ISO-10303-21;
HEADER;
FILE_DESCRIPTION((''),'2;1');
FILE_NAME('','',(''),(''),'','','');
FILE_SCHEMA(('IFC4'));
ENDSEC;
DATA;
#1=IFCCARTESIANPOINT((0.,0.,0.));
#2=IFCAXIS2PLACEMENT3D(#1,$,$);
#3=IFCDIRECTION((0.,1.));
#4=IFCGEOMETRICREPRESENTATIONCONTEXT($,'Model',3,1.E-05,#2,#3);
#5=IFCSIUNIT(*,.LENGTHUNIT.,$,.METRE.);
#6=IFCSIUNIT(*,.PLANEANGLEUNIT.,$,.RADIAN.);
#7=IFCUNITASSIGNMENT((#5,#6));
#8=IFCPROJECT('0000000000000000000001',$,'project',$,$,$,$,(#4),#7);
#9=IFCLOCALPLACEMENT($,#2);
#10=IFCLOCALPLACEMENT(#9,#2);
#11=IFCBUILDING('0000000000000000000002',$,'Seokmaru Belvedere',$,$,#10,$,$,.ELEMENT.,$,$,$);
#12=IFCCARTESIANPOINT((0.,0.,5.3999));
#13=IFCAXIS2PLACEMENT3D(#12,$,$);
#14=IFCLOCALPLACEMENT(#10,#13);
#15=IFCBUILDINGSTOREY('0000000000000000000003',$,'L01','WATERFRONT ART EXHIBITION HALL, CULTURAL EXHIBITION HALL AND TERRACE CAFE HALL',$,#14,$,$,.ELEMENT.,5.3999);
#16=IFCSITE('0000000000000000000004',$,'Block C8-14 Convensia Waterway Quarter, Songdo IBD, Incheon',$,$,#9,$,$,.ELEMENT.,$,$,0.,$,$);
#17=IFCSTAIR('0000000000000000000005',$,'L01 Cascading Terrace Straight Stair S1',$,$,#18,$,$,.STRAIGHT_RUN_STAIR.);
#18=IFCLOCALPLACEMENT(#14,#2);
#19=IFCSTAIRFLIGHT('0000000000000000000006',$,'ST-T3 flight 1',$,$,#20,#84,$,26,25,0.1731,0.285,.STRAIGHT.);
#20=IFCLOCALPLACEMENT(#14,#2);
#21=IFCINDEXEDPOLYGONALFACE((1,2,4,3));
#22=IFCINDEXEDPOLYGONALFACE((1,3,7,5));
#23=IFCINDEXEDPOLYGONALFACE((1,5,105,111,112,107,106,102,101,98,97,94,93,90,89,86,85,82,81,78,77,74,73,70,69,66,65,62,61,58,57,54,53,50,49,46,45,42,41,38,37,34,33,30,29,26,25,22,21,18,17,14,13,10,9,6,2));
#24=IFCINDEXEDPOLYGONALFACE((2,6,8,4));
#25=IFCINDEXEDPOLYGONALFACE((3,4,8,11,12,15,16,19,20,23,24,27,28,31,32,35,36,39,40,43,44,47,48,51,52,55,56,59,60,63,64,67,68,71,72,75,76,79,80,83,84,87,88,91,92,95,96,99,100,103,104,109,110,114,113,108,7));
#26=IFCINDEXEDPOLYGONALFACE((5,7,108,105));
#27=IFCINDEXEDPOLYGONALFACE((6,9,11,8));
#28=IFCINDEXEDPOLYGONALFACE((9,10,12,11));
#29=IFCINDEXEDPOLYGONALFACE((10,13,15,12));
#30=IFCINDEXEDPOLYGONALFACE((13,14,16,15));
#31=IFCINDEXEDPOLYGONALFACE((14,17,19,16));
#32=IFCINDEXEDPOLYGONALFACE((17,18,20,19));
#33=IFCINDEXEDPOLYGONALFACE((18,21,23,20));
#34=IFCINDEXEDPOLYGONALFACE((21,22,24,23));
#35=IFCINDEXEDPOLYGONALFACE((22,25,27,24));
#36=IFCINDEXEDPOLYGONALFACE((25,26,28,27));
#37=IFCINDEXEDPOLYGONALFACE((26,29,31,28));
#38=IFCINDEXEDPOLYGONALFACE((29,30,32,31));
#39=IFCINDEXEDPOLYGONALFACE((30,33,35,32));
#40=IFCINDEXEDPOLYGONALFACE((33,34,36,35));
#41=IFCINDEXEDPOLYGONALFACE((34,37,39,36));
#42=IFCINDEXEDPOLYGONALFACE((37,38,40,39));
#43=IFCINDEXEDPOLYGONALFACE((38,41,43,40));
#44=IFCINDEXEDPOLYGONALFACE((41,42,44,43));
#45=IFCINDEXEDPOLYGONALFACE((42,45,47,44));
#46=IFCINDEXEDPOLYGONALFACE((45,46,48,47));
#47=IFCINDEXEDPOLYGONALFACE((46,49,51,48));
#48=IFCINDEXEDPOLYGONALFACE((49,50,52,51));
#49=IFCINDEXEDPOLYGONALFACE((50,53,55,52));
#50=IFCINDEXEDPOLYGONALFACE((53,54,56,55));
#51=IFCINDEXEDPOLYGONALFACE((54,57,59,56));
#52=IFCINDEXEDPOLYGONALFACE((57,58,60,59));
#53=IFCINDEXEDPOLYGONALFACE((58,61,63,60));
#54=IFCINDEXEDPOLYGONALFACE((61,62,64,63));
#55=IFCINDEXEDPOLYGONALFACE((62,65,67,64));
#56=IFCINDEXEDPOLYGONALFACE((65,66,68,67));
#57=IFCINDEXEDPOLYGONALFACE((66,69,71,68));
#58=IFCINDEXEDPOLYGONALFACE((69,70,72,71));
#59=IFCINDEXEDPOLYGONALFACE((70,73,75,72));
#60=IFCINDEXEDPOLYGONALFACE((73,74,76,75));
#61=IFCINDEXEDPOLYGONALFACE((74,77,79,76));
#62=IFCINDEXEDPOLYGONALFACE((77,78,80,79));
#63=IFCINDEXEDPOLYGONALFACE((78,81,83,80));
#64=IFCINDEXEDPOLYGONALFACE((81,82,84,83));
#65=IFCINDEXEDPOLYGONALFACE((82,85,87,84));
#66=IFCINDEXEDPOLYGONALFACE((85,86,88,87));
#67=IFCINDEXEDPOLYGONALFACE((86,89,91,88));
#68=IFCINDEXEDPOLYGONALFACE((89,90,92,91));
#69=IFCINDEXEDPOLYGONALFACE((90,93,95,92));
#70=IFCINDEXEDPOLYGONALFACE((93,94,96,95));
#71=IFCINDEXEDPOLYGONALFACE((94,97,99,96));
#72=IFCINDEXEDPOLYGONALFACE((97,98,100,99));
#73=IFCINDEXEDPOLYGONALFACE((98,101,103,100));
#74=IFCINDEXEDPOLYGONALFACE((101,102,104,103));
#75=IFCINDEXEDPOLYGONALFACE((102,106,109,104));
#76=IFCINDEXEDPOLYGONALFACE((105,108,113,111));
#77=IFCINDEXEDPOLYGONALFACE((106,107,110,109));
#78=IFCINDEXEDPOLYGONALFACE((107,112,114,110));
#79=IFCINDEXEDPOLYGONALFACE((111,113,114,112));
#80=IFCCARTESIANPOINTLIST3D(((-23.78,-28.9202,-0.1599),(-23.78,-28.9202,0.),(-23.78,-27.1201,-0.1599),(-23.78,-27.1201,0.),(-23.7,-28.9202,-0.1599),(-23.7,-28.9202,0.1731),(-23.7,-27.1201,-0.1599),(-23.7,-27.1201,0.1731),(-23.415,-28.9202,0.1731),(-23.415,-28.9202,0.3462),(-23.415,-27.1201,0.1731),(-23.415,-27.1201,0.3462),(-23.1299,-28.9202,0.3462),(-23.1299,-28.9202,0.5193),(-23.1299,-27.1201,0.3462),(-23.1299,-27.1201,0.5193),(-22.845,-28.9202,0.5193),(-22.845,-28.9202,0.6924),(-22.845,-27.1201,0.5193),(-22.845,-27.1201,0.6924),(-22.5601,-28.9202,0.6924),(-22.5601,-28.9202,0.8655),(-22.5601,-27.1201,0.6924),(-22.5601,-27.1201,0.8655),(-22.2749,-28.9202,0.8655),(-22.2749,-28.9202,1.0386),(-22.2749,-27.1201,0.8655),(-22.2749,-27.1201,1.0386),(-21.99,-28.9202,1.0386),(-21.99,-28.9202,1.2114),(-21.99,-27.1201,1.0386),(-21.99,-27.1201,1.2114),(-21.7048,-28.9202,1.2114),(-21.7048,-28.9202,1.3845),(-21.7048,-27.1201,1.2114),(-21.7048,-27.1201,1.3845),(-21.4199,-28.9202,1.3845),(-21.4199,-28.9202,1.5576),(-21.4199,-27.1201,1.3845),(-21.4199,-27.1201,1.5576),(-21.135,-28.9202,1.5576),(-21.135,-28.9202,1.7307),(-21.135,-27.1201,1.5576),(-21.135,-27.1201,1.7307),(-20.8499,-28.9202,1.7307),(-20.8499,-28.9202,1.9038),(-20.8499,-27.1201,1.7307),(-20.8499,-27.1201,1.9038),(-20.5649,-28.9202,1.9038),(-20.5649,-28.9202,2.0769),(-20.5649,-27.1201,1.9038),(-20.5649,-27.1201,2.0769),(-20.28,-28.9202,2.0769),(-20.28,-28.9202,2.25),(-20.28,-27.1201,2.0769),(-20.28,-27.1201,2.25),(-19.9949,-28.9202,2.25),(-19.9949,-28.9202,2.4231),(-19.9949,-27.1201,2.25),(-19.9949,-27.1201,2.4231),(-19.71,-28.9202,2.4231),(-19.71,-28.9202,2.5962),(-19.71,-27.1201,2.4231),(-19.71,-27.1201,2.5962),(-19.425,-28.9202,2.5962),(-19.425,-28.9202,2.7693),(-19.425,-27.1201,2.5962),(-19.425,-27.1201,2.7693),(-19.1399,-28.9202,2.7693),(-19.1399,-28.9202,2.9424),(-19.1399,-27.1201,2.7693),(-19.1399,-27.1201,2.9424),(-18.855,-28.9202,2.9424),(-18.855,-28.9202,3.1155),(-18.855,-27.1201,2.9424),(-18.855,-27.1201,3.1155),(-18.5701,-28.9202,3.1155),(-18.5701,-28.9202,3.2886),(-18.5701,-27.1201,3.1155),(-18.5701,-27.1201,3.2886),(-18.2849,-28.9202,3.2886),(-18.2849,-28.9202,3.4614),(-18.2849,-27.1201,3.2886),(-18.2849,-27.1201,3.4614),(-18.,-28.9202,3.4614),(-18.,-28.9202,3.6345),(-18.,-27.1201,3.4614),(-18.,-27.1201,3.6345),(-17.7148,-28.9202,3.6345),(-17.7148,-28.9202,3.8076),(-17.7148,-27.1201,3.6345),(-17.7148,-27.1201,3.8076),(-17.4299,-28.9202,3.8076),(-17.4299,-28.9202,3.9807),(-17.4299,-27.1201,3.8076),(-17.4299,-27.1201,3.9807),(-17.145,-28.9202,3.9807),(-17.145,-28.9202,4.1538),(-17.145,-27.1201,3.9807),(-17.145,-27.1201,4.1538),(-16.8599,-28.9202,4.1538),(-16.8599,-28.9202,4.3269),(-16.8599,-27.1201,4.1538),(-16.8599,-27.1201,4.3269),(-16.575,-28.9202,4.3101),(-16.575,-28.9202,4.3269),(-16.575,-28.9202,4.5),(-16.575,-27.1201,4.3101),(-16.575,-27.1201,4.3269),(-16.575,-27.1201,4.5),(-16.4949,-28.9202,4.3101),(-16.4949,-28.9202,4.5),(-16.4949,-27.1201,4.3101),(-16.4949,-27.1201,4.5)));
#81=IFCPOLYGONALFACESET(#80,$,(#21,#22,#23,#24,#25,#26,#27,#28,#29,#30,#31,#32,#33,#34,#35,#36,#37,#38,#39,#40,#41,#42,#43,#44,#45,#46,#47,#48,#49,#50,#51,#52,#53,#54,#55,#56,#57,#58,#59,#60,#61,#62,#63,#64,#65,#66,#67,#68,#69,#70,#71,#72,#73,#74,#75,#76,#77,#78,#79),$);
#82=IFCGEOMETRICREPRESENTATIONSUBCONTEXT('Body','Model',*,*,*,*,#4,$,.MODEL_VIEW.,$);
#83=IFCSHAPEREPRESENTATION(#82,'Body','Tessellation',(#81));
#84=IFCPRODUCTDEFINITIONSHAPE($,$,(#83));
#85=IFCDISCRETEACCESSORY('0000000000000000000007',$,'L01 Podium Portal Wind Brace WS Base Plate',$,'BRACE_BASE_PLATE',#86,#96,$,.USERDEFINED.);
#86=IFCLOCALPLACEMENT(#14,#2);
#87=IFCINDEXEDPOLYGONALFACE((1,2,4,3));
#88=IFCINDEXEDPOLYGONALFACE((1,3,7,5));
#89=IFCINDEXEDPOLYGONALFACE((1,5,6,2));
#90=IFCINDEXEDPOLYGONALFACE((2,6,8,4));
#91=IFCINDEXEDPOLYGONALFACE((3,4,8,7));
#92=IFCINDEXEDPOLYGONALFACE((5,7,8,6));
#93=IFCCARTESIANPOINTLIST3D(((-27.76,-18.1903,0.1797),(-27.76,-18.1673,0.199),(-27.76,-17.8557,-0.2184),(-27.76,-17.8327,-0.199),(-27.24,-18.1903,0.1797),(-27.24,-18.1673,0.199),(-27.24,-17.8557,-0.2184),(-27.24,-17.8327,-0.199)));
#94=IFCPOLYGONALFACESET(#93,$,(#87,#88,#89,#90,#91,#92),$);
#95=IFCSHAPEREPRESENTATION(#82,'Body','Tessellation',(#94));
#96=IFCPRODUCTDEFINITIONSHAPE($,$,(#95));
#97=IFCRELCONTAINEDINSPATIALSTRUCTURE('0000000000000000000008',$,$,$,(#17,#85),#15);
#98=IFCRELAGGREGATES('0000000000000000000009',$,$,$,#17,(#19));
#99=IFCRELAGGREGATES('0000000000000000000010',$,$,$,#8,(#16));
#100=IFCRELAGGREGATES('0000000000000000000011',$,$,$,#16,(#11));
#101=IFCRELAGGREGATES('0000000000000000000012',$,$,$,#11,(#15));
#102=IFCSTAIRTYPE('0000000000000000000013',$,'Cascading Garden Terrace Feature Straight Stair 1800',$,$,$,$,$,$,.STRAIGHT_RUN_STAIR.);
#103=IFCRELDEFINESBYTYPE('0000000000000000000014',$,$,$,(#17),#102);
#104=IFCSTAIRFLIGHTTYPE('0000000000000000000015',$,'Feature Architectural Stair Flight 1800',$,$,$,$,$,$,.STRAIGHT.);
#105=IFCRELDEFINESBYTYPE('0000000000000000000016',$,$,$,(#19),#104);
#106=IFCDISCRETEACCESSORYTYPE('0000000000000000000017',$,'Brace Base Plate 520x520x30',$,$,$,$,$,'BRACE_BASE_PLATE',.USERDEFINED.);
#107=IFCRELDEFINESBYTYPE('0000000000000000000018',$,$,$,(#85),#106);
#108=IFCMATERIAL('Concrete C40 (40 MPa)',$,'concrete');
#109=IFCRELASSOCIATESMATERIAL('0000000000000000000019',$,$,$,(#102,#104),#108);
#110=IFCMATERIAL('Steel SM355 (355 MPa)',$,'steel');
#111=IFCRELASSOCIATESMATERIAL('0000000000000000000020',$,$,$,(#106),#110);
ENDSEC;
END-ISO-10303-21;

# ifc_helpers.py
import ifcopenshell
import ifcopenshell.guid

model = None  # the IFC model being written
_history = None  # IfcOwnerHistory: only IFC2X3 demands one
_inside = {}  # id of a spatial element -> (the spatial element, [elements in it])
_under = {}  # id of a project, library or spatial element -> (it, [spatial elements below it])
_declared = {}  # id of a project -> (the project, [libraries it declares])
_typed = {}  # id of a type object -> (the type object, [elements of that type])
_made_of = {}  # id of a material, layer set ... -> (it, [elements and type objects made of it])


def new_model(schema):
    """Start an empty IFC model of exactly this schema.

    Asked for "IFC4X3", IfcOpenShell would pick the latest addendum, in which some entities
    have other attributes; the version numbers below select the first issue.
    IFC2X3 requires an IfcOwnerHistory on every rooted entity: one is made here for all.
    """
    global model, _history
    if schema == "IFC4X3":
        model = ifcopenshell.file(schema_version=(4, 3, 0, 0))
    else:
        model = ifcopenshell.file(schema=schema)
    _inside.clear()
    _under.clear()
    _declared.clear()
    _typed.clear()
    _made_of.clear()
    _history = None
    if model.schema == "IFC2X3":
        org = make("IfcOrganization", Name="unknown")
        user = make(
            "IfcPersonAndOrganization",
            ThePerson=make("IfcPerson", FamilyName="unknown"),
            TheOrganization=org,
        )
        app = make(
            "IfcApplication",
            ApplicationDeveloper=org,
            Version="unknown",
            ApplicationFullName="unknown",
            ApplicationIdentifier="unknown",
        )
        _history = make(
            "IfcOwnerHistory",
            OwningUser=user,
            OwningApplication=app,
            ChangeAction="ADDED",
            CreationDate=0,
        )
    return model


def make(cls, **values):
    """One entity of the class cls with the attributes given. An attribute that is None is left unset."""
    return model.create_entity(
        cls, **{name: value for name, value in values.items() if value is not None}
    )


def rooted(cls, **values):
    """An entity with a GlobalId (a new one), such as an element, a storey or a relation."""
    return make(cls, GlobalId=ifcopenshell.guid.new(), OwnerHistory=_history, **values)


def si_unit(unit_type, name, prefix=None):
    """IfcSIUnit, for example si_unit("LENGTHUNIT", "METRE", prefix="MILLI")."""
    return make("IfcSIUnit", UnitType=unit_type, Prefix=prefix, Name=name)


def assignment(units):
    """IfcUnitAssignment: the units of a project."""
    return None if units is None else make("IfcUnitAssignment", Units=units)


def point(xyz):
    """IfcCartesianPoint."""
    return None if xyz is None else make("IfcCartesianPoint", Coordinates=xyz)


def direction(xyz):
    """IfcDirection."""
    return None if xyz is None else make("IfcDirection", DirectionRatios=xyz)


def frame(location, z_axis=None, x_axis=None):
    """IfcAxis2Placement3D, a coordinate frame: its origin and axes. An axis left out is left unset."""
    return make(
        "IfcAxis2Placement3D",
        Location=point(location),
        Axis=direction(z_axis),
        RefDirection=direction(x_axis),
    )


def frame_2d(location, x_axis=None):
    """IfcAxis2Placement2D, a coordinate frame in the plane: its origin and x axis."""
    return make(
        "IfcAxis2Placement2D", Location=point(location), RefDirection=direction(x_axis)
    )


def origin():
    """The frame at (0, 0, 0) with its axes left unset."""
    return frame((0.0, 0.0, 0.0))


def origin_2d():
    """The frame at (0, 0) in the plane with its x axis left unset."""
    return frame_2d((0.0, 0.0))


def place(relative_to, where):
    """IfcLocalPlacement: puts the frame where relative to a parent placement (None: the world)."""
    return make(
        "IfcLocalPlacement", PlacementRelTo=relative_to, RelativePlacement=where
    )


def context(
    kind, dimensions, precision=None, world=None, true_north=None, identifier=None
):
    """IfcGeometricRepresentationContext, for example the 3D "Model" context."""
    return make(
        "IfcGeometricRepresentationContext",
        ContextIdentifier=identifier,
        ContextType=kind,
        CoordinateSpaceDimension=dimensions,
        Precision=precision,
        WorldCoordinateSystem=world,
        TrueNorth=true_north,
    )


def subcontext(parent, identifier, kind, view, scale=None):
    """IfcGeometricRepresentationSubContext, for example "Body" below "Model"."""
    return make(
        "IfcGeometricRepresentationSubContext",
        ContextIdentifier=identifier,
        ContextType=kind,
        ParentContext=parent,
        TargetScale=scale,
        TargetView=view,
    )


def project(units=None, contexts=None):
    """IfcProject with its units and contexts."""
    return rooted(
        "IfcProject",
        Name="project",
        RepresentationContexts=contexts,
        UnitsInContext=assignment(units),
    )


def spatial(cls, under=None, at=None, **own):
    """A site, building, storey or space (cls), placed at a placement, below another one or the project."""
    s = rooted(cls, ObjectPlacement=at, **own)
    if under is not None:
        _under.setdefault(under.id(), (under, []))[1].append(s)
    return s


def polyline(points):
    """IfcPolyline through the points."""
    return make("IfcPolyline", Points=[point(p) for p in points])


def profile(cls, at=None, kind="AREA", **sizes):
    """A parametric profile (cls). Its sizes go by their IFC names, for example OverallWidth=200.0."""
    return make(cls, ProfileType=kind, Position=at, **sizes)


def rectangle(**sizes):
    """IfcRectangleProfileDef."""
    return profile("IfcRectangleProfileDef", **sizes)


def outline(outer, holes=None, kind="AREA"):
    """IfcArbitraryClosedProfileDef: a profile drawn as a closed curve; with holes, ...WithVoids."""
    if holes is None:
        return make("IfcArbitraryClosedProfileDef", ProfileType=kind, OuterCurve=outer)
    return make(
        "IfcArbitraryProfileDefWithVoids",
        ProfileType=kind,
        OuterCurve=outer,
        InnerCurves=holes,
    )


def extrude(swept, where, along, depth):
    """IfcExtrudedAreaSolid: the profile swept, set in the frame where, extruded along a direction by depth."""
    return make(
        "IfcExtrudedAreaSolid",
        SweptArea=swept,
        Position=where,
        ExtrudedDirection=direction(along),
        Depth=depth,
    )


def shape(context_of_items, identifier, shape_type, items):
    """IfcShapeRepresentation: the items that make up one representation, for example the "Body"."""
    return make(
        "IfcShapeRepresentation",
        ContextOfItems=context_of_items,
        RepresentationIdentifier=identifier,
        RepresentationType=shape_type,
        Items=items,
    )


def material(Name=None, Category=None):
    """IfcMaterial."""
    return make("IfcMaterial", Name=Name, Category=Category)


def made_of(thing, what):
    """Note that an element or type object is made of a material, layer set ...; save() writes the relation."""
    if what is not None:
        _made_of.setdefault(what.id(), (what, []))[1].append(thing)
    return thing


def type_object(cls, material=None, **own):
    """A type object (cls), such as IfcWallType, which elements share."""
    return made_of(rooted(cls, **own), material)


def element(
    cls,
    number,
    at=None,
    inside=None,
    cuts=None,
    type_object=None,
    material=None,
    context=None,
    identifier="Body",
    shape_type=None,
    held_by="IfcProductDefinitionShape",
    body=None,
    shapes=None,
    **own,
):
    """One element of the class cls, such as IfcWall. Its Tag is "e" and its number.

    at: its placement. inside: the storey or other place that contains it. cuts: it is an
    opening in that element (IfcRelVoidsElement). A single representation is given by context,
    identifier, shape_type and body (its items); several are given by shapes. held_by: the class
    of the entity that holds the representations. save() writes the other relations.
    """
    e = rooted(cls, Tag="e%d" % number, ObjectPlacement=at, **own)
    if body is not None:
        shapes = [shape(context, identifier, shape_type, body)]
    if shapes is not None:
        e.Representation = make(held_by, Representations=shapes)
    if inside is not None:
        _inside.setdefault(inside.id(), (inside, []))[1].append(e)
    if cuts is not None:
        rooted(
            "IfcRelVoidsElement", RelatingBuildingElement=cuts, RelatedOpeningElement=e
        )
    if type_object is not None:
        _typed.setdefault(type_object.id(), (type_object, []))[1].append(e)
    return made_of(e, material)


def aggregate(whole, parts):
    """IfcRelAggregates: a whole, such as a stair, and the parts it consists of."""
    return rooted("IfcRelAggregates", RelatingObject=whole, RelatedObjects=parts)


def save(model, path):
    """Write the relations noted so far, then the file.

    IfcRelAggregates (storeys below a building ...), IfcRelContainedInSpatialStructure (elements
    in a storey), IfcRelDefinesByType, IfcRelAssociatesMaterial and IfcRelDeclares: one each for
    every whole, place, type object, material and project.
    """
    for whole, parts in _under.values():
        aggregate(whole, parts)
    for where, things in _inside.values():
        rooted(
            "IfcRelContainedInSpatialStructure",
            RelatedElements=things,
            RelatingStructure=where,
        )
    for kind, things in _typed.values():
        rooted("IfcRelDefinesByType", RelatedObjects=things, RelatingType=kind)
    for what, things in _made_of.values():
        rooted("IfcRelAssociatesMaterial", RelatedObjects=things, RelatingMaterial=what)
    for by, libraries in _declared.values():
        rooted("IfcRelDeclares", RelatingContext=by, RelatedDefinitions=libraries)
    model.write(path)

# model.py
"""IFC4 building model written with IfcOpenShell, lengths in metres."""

from ifc_helpers import new_model, si_unit, direction, frame, origin, origin_2d, place, context, subcontext, project, spatial, polyline, rectangle, outline, extrude, material, type_object, element, aggregate, save


model = new_model("IFC4")

# Units and contexts
model_context = context("Model", 3, precision=1e-05, world=origin(), true_north=direction((0.0, 1.0)))
body_context = subcontext(model_context, "Body", "Model", "MODEL_VIEW")
ifc_project = project(units=[si_unit("LENGTHUNIT", "METRE"), si_unit("PLANEANGLEUNIT", "RADIAN")], contexts=[model_context])

# Site, building, storey
site_placement = place(None, origin())
site = spatial("IfcSite", under=ifc_project, at=site_placement, Name="Block C8-14 Convensia Waterway Quarter, Songdo IBD, Incheon", CompositionType="ELEMENT", RefElevation=0.0)
building_placement = place(site_placement, origin())
building = spatial("IfcBuilding", under=site, at=building_placement, Name="Seokmaru Belvedere", CompositionType="ELEMENT")
storey_placement = place(building_placement, frame((0.0, 0.0, 5.3999)))
storey = spatial("IfcBuildingStorey", under=building, at=storey_placement, Name="L01", Description="WATERFRONT ART EXHIBITION HALL, CULTURAL EXHIBITION HALL AND TERRACE CAFE HALL", CompositionType="ELEMENT", Elevation=5.3999)

# Shared definitions
ifc_material_1 = material(Name="Steel SM355 (355 MPa)", Category="steel")

# Shared definitions
ifc_material_2 = material(Name="Concrete C40 (40 MPa)", Category="concrete")

# Stair, stair flight
stair_type = type_object("IfcStairType", Name="Cascading Garden Terrace Feature Straight Stair 1800", PredefinedType="STRAIGHT_RUN_STAIR", material=ifc_material_2)
stair_placement = place(storey_placement, origin())
stair = element("IfcStair", 1, at=stair_placement, inside=storey, type_object=stair_type, Name="L01 Cascading Terrace Straight Stair S1", PredefinedType="STRAIGHT_RUN_STAIR")
stair_flight_type = type_object("IfcStairFlightType", Name="Feature Architectural Stair Flight 1800", PredefinedType="STRAIGHT", material=ifc_material_2)
stair_flight_placement = place(storey_placement, frame((-23.7, -28.02, 0.0), z_axis=(0.0, 0.0, 1.0), x_axis=(1.0, 0.0, 0.0)))
stair_flight = element("IfcStairFlight", 2, at=stair_flight_placement, type_object=stair_flight_type, Name="ST-T3 flight 1", NumberOfRisers=26, NumberOfTreads=25, PredefinedType="STRAIGHT", RiserHeight=0.1731, TreadLength=0.285, context=body_context, shape_type="SweptSolid", body=[
    extrude(outline(polyline([(-0.0801, 0.0), (0.0, 0.1731), (0.2849, 0.1731), (0.2849, 0.3462), (0.5701, 0.3462), (0.5701, 0.5193), (0.855, 0.5193), (0.855, 0.6924), (1.1399, 0.6924), (1.1399, 0.8655), (1.425, 0.8655), (1.425, 1.0386), (1.71, 1.0386), (1.71, 1.2114), (1.9951, 1.2114), (1.9951, 1.3845), (2.28, 1.3845), (2.28, 1.5576), (2.5649, 1.5576), (2.5649, 1.7307), (2.8501, 1.7307), (2.8501, 1.9038), (3.135, 1.9038), (3.135, 2.0769), (3.4199, 2.0769), (3.4199, 2.25), (3.7051, 2.25), (3.7051, 2.4231), (3.99, 2.4231), (3.99, 2.5962), (4.2749, 2.5962), (4.2749, 2.7693), (4.5601, 2.7693), (4.5601, 2.9424), (4.845, 2.9424), (4.845, 3.1155), (5.1299, 3.1155), (5.1299, 3.2886), (5.415, 3.2886), (5.415, 3.4614), (5.7, 3.4614), (5.7, 3.6345), (5.9851, 3.6345), (5.9851, 3.8076), (6.27, 3.8076), (6.27, 3.9807), (6.5549, 3.9807), (6.5549, 4.1538), (6.8401, 4.1538), (6.8401, 4.3269), (7.125, 4.3269), (7.125, 4.5), (7.2051, 4.5), (7.2051, 4.3101), (7.125, 4.3101), (0.0, -0.1599), (-0.0801, -0.1599), (-0.0801, 0.0)])), frame((0.0, 0.8999, 0.0), z_axis=(0.0, -1.0, 0.0), x_axis=(1.0, 0.0, 0.0)), (0.0, 0.0, 1.0), 1.8),
])
aggregate(stair, [stair_flight])

# Discrete accessory
discrete_accessory_type = type_object("IfcDiscreteAccessoryType", Name="Brace Base Plate 520x520x30", ElementType="BRACE_BASE_PLATE", PredefinedType="USERDEFINED", material=ifc_material_1)
discrete_accessory_placement = place(storey_placement, frame((-27.5, -18.0, 0.0), z_axis=(0.0, -0.765544, -0.643383), x_axis=(1.0, 0.0, 0.0)))
element("IfcDiscreteAccessory", 3, at=discrete_accessory_placement, inside=storey, type_object=discrete_accessory_type, Name="L01 Podium Portal Wind Brace WS Base Plate", ObjectType="BRACE_BASE_PLATE", PredefinedType="USERDEFINED", context=body_context, shape_type="SweptSolid", body=[
    extrude(rectangle(XDim=0.52, YDim=0.52, at=origin_2d()), origin(), (0.0, 0.0, 1.0), 0.03),
])

save(model, "model.ifc")
